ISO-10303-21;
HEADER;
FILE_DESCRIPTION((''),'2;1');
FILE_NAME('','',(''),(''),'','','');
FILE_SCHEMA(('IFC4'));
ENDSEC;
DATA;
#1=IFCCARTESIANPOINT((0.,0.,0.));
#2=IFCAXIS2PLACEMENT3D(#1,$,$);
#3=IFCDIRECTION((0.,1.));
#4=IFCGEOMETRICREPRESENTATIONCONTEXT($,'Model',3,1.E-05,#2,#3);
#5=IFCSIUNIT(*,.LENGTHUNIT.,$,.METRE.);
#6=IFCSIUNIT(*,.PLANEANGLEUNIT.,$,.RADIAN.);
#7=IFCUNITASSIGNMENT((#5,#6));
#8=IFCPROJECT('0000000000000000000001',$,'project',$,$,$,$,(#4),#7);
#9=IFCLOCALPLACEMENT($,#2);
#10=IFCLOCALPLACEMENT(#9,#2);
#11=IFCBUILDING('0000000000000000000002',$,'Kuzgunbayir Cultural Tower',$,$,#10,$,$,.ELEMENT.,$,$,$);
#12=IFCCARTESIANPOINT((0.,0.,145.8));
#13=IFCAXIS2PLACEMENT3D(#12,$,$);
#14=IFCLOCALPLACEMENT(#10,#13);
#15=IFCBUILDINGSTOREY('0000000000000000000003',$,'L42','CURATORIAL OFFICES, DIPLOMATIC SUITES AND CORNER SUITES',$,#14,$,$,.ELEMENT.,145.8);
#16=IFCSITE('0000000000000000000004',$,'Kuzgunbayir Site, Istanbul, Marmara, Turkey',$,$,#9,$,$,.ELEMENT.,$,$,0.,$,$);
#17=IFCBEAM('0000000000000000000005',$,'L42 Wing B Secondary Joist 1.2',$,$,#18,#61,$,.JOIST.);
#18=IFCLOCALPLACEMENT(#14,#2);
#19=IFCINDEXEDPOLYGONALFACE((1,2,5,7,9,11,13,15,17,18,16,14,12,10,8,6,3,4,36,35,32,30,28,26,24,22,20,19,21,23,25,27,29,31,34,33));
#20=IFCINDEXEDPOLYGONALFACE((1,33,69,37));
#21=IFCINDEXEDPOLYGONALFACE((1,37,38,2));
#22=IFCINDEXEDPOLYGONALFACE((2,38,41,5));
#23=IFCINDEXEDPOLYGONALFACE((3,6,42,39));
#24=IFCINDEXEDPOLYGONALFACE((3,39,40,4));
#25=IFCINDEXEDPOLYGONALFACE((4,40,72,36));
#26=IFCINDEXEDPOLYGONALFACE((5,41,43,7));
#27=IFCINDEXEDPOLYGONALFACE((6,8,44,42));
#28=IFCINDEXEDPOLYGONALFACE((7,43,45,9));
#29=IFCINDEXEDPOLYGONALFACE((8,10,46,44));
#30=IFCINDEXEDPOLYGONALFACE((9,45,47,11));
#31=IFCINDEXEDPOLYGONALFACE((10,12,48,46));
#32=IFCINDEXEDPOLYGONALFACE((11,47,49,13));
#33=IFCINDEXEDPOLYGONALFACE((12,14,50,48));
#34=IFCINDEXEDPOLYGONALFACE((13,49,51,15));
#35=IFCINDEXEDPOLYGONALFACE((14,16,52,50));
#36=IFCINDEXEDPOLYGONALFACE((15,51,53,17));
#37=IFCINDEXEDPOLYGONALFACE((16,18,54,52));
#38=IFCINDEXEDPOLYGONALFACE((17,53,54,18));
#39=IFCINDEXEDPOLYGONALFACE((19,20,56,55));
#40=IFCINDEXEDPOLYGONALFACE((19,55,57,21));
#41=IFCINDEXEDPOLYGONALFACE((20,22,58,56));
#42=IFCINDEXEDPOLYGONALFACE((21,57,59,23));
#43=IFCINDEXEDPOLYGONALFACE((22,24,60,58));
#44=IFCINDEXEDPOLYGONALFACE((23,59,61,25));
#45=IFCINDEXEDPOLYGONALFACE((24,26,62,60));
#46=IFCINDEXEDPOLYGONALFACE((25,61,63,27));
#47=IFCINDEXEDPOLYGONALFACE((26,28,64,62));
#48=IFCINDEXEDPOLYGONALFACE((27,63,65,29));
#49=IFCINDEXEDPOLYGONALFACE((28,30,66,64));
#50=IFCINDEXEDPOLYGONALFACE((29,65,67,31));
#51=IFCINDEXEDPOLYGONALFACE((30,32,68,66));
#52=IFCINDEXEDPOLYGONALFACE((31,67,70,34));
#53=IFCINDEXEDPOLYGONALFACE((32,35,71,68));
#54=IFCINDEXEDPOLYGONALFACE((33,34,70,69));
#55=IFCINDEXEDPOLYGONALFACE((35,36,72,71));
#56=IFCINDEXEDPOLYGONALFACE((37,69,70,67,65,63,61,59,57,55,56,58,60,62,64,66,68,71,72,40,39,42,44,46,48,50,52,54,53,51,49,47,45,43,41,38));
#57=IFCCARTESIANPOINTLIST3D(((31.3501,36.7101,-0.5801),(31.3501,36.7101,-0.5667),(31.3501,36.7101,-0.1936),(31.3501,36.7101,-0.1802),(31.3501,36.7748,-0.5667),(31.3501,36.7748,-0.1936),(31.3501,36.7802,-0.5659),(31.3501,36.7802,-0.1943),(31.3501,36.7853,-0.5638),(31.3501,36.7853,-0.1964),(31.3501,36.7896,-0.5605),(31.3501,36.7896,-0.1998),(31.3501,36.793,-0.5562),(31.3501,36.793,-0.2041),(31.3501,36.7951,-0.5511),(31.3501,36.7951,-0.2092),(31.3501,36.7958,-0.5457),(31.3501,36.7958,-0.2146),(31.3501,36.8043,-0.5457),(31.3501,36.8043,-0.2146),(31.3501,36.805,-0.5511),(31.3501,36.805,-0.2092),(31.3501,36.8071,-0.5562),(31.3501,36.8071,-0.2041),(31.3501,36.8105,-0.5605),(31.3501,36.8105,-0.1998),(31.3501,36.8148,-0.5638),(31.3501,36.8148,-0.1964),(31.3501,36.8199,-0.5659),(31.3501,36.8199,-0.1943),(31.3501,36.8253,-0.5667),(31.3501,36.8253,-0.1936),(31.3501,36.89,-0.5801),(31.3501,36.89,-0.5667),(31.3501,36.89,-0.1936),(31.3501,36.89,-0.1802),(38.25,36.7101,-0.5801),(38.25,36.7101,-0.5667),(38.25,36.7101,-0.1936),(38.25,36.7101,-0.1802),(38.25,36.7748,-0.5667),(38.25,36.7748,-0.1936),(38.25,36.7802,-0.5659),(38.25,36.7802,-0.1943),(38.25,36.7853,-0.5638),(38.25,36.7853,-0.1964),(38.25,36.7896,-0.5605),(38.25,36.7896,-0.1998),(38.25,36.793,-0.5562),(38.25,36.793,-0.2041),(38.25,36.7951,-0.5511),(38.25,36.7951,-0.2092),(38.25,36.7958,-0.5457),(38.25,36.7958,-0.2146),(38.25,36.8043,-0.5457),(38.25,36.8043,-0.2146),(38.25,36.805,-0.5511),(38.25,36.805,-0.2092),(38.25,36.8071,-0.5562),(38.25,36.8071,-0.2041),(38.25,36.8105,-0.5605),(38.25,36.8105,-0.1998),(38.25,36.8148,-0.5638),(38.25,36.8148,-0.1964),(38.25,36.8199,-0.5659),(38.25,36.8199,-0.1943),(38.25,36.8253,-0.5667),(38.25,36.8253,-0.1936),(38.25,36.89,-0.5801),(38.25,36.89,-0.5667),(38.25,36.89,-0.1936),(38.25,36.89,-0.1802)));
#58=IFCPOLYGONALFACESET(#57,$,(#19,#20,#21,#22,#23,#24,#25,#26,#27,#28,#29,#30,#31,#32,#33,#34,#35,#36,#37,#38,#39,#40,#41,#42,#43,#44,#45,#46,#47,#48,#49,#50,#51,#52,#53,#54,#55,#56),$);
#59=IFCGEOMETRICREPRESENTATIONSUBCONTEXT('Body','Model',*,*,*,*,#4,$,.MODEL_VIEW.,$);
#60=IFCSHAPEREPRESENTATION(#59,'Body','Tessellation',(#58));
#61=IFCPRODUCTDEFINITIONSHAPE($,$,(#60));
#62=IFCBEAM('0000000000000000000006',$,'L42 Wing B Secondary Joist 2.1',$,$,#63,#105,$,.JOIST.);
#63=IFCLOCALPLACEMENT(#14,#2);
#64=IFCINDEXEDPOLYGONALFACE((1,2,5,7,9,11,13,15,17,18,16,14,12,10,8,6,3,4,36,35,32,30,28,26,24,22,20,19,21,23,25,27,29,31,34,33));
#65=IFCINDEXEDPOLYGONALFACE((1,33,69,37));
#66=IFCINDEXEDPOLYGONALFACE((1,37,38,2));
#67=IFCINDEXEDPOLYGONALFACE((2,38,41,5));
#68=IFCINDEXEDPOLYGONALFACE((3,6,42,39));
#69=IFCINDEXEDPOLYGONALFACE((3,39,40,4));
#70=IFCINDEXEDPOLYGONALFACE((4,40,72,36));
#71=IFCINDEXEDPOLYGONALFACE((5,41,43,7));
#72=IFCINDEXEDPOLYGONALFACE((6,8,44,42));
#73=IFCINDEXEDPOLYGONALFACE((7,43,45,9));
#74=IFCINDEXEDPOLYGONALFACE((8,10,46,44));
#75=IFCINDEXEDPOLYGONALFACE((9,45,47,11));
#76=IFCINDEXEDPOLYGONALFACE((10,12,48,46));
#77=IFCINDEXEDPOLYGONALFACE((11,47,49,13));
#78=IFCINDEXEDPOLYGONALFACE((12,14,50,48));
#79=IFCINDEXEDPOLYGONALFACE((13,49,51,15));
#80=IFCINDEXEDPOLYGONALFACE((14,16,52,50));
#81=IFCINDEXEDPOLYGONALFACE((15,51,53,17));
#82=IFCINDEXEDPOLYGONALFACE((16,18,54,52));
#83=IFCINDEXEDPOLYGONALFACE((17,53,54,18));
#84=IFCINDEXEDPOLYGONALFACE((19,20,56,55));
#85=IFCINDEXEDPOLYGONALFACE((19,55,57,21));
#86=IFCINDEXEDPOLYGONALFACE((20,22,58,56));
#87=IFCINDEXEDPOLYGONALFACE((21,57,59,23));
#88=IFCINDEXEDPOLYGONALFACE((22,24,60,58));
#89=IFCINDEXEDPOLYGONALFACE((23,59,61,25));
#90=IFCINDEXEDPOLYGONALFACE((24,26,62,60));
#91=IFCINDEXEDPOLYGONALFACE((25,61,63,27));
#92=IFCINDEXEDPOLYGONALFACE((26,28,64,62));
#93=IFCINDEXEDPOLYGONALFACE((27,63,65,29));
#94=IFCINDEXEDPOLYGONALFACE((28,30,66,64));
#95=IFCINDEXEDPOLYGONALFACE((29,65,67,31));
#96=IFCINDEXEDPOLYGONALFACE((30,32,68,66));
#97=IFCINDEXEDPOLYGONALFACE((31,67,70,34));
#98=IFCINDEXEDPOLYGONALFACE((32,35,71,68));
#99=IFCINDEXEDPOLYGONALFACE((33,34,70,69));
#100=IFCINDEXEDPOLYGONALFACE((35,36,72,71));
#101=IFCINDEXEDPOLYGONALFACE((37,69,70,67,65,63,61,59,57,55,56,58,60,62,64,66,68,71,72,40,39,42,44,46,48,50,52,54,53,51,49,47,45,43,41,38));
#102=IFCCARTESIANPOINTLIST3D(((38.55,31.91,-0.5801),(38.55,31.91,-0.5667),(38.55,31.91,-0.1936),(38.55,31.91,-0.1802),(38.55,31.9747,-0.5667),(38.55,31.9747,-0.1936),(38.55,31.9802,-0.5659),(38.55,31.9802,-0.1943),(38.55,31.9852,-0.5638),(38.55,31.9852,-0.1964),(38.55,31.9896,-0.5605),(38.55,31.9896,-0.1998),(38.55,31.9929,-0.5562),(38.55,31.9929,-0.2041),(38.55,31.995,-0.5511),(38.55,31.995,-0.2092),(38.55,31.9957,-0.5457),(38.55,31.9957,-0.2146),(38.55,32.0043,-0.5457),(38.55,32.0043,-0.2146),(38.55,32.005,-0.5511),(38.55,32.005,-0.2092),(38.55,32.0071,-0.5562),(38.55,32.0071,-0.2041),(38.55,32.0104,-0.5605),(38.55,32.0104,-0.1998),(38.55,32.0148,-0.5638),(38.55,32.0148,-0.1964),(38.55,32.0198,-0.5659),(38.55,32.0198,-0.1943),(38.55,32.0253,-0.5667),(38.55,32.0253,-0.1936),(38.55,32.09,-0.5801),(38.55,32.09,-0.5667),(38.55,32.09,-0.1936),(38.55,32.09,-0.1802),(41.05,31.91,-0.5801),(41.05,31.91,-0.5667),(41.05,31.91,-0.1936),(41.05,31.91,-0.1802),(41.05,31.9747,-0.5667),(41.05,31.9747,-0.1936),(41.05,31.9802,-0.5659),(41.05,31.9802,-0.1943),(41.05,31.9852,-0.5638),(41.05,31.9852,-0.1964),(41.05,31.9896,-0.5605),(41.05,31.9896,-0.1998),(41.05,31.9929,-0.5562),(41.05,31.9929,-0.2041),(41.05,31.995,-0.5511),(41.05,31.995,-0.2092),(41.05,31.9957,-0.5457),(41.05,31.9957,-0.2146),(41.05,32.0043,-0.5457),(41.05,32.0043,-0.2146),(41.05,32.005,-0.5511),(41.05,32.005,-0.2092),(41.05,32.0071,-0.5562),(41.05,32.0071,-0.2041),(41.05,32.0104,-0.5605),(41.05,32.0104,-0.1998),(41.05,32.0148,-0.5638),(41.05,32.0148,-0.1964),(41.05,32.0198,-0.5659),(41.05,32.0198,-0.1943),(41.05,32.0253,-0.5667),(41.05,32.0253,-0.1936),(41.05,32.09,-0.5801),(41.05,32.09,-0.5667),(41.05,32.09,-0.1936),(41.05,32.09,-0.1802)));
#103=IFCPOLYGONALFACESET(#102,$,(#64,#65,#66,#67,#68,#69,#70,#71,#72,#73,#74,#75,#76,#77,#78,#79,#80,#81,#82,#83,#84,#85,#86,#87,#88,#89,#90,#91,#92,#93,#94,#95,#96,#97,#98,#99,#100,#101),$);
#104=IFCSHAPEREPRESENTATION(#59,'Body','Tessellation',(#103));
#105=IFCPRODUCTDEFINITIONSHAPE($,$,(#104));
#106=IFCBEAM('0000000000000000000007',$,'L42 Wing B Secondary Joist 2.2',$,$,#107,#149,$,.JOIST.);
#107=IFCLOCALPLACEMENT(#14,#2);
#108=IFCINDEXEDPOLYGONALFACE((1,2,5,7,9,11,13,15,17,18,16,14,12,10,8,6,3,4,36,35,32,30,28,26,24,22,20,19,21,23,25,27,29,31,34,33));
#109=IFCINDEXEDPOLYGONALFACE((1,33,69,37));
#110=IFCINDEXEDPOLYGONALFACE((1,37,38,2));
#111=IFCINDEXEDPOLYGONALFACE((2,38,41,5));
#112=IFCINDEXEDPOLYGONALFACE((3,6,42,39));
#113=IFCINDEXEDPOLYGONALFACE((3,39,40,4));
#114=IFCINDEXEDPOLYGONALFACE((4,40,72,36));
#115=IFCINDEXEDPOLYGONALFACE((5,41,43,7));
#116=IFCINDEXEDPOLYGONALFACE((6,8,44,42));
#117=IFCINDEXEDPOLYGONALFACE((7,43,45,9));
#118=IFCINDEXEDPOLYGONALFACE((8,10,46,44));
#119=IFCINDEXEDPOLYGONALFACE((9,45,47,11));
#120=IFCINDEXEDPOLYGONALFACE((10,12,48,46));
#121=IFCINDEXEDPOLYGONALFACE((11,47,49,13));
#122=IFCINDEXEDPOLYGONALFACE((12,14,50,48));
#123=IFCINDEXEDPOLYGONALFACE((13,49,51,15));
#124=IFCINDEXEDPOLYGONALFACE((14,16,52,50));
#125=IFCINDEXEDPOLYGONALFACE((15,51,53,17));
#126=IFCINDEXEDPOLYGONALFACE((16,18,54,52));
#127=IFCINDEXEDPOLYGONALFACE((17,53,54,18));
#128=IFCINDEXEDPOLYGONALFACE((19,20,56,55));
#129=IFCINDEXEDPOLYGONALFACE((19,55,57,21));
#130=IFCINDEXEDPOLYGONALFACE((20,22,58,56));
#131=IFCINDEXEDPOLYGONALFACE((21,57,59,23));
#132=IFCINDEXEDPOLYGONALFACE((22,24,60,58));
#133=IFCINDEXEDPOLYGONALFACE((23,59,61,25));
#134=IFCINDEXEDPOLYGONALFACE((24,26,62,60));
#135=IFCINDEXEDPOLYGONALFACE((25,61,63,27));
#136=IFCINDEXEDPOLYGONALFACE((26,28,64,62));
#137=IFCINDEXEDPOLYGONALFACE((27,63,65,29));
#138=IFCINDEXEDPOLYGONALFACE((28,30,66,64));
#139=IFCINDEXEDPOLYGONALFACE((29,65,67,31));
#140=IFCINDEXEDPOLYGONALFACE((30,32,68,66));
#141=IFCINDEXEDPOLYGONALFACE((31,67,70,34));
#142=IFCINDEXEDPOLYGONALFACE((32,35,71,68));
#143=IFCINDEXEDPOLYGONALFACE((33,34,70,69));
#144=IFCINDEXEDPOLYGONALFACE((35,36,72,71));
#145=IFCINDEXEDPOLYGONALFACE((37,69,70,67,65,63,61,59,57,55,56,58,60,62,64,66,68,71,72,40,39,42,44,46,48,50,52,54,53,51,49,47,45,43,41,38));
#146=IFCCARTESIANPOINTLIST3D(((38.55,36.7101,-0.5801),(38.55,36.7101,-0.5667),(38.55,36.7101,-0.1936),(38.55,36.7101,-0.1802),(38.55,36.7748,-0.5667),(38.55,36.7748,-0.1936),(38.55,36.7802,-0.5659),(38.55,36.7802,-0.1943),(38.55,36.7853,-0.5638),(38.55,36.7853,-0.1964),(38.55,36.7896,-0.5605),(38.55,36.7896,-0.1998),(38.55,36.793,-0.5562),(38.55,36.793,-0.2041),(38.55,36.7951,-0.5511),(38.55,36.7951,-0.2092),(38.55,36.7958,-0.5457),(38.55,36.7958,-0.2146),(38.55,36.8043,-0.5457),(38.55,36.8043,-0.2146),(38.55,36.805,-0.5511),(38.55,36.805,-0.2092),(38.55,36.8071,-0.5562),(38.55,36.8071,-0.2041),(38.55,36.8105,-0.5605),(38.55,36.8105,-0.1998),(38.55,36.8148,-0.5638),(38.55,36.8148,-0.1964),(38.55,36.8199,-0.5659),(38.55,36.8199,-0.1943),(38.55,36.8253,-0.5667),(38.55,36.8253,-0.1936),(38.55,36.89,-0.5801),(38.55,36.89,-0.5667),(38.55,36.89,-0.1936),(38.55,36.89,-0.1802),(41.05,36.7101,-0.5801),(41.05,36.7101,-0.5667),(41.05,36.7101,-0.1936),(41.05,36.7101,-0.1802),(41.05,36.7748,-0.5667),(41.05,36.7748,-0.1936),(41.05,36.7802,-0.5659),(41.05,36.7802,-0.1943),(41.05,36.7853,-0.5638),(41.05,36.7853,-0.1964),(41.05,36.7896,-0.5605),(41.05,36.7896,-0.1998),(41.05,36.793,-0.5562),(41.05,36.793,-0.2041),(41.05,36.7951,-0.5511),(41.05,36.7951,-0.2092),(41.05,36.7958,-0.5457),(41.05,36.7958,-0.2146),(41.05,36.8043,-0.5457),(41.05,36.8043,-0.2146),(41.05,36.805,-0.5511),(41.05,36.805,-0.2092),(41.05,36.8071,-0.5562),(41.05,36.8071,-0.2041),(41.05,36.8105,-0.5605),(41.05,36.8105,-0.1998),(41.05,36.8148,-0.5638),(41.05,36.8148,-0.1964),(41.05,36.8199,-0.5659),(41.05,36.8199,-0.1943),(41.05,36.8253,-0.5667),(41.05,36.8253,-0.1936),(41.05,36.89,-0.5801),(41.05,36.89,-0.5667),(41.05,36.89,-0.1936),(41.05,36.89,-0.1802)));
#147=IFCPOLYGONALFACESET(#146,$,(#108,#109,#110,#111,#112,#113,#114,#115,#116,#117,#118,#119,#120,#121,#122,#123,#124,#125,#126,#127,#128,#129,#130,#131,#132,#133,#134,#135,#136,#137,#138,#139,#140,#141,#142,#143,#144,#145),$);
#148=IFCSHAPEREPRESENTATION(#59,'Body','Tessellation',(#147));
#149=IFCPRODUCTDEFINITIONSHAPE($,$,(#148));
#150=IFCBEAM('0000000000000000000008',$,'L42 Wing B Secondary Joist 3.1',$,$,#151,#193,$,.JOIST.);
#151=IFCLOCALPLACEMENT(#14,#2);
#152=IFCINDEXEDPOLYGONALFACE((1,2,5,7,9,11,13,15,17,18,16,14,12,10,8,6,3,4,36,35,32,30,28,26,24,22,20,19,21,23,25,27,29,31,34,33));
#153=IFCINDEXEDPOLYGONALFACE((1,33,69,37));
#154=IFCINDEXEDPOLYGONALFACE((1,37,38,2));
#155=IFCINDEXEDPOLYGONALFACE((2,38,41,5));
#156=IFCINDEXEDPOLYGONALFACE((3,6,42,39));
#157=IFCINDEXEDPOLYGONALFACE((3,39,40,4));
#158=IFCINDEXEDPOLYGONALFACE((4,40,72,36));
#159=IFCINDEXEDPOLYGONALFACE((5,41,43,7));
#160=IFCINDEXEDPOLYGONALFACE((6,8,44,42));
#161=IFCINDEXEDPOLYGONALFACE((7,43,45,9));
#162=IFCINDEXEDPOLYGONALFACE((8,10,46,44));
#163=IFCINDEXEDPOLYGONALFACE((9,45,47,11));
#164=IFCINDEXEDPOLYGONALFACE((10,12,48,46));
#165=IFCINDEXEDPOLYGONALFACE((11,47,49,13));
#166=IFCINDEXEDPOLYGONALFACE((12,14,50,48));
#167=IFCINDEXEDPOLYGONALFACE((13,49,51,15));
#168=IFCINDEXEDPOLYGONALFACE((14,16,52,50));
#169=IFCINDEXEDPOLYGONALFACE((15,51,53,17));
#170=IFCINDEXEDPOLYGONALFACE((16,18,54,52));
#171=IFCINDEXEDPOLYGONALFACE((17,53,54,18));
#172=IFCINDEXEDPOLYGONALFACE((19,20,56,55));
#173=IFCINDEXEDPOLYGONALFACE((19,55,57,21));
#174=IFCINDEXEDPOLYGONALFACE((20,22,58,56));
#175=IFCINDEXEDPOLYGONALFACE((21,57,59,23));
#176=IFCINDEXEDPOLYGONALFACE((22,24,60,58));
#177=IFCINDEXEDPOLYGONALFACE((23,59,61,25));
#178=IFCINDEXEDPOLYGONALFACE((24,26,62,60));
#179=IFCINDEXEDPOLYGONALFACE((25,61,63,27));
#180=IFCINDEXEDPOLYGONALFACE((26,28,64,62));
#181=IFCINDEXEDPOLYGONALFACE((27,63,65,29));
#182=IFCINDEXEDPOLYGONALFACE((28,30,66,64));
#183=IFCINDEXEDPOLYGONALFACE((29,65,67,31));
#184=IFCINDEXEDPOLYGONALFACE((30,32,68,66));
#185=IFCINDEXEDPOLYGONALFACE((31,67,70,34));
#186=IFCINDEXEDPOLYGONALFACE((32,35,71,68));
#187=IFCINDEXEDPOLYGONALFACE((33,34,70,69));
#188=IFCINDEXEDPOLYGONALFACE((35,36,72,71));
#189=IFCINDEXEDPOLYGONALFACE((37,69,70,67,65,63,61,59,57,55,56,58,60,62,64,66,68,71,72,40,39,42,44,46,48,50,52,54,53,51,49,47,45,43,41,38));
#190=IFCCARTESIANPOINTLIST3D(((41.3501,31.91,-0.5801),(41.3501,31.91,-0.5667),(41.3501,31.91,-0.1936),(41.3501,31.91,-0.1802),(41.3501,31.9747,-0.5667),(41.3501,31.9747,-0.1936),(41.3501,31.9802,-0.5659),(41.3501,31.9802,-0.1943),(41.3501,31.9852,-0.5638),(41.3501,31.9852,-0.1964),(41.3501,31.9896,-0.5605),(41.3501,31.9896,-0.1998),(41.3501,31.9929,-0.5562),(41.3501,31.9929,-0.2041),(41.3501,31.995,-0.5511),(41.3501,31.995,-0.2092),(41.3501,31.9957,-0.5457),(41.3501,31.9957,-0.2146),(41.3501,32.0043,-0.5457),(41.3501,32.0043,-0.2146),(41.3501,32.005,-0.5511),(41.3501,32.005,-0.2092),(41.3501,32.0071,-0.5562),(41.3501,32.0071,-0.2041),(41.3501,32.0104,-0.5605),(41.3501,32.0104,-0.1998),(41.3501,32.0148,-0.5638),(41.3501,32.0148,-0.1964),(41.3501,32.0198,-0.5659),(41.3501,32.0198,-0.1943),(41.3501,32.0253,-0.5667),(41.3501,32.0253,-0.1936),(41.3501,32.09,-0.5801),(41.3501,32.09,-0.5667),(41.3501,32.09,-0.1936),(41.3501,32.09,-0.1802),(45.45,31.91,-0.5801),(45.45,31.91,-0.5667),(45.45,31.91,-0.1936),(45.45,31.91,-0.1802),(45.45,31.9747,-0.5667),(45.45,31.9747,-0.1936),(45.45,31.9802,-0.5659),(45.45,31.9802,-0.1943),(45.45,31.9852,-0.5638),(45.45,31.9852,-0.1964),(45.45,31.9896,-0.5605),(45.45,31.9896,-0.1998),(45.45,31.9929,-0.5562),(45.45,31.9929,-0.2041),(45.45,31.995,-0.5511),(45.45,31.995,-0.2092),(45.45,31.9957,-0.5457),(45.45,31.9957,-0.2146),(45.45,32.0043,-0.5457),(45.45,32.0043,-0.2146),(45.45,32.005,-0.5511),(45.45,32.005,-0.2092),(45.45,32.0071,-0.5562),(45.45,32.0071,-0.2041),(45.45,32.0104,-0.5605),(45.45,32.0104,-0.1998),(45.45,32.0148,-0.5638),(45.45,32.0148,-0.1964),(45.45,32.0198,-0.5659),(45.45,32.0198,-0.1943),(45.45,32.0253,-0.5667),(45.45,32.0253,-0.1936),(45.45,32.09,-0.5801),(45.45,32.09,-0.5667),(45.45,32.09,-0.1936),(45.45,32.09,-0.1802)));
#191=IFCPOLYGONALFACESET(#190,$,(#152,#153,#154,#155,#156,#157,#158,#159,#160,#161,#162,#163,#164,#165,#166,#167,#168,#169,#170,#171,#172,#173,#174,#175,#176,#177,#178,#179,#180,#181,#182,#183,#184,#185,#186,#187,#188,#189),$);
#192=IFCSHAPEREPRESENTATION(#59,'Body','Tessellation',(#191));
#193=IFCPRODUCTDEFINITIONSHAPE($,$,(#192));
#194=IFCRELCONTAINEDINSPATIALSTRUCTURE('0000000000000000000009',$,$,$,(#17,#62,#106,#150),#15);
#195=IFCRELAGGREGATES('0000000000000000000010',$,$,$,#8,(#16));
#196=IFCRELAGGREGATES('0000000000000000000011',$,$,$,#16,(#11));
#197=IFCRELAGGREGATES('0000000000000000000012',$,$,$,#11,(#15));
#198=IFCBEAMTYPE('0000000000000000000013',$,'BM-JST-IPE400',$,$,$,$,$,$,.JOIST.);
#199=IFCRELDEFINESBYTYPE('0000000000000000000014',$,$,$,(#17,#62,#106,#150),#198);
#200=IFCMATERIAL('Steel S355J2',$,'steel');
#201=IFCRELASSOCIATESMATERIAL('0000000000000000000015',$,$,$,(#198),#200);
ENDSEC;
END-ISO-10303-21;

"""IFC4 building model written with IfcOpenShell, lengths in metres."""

from ifc_helpers import new_model, si_unit, direction, frame, origin, origin_2d, place, context, subcontext, project, spatial, i_section, extrude, material, material_profile, profile_set, type_object, element, save


model = new_model("IFC4")

# Units and contexts
model_context = context("Model", 3, precision=1e-05, world=origin(), true_north=direction((0.0, 1.0)))
body_context = subcontext(model_context, "Body", "Model", "MODEL_VIEW")
ifc_project = project(units=[si_unit("LENGTHUNIT", "METRE"), si_unit("PLANEANGLEUNIT", "RADIAN")], contexts=[model_context])

# Site, building, storey
site_placement = place(None, origin())
site = spatial("IfcSite", under=ifc_project, at=site_placement, Name="Kuzgunbayir Site, Istanbul, Marmara, Turkey", CompositionType="ELEMENT", RefElevation=0.0)
building_placement = place(site_placement, origin())
building = spatial("IfcBuilding", under=site, at=building_placement, Name="Kuzgunbayir Cultural Tower", CompositionType="ELEMENT")
storey_placement = place(building_placement, frame((0.0, 0.0, 145.8)))
storey = spatial("IfcBuildingStorey", under=building, at=storey_placement, Name="L42", Description="CURATORIAL OFFICES, DIPLOMATIC SUITES AND CORNER SUITES", CompositionType="ELEMENT", Elevation=145.8)

# Beams
ifc_material_1 = material(Name="Steel S355J2", Category="steel")
ifc_material_profile_1 = material_profile(ifc_material_1, i_section(OverallWidth=0.1799, OverallDepth=0.3999, WebThickness=0.0085, FlangeThickness=0.0134, FilletRadius=0.021, at=origin_2d()), Name="IPE 400")
ifc_profile_set_1 = profile_set([ifc_material_profile_1], Name="Steel S355J2")
beam_type_1 = type_object("IfcBeamType", Name="BM-JST-IPE400", PredefinedType="JOIST", material=ifc_profile_set_1)
for number, where, z_axis, x_axis, name in (
    (1, (31.3501, 36.8, -0.3801), (1.0, 0.0, 0.0), (0.0, 1.0, 0.0), "L42 Wing B Secondary Joist 1.2"),
):
    element("IfcBeam", number, at=place(storey_placement, frame(where, z_axis=z_axis, x_axis=x_axis)), inside=storey, type_object=beam_type_1, Name=name, PredefinedType="JOIST", context=body_context, shape_type="SweptSolid", body=[
        extrude(i_section(OverallWidth=0.1799, OverallDepth=0.3999, WebThickness=0.0085, FlangeThickness=0.0134, FilletRadius=0.021, at=origin_2d()), origin(), (0.0, 0.0, 1.0), 6.8999),
    ])
for number, where, z_axis, x_axis, name in (
    (2, (38.55, 32.0, -0.3801), (1.0, 0.0, 0.0), (0.0, 1.0, 0.0), "L42 Wing B Secondary Joist 2.1"),
    (3, (38.55, 36.8, -0.3801), (1.0, 0.0, 0.0), (0.0, 1.0, 0.0), "L42 Wing B Secondary Joist 2.2"),
):
    element("IfcBeam", number, at=place(storey_placement, frame(where, z_axis=z_axis, x_axis=x_axis)), inside=storey, type_object=beam_type_1, Name=name, PredefinedType="JOIST", context=body_context, shape_type="SweptSolid", body=[
        extrude(i_section(OverallWidth=0.1799, OverallDepth=0.3999, WebThickness=0.0085, FlangeThickness=0.0134, FilletRadius=0.021, at=origin_2d()), origin(), (0.0, 0.0, 1.0), 2.5),
    ])
for number, where, z_axis, x_axis, name in (
    (4, (41.3501, 32.0, -0.3801), (1.0, 0.0, 0.0), (0.0, 1.0, 0.0), "L42 Wing B Secondary Joist 3.1"),
):
    element("IfcBeam", number, at=place(storey_placement, frame(where, z_axis=z_axis, x_axis=x_axis)), inside=storey, type_object=beam_type_1, Name=name, PredefinedType="JOIST", context=body_context, shape_type="SweptSolid", body=[
        extrude(i_section(OverallWidth=0.1799, OverallDepth=0.3999, WebThickness=0.0085, FlangeThickness=0.0134, FilletRadius=0.021, at=origin_2d()), origin(), (0.0, 0.0, 1.0), 4.0999),
    ])

save(model, "model.ifc")
